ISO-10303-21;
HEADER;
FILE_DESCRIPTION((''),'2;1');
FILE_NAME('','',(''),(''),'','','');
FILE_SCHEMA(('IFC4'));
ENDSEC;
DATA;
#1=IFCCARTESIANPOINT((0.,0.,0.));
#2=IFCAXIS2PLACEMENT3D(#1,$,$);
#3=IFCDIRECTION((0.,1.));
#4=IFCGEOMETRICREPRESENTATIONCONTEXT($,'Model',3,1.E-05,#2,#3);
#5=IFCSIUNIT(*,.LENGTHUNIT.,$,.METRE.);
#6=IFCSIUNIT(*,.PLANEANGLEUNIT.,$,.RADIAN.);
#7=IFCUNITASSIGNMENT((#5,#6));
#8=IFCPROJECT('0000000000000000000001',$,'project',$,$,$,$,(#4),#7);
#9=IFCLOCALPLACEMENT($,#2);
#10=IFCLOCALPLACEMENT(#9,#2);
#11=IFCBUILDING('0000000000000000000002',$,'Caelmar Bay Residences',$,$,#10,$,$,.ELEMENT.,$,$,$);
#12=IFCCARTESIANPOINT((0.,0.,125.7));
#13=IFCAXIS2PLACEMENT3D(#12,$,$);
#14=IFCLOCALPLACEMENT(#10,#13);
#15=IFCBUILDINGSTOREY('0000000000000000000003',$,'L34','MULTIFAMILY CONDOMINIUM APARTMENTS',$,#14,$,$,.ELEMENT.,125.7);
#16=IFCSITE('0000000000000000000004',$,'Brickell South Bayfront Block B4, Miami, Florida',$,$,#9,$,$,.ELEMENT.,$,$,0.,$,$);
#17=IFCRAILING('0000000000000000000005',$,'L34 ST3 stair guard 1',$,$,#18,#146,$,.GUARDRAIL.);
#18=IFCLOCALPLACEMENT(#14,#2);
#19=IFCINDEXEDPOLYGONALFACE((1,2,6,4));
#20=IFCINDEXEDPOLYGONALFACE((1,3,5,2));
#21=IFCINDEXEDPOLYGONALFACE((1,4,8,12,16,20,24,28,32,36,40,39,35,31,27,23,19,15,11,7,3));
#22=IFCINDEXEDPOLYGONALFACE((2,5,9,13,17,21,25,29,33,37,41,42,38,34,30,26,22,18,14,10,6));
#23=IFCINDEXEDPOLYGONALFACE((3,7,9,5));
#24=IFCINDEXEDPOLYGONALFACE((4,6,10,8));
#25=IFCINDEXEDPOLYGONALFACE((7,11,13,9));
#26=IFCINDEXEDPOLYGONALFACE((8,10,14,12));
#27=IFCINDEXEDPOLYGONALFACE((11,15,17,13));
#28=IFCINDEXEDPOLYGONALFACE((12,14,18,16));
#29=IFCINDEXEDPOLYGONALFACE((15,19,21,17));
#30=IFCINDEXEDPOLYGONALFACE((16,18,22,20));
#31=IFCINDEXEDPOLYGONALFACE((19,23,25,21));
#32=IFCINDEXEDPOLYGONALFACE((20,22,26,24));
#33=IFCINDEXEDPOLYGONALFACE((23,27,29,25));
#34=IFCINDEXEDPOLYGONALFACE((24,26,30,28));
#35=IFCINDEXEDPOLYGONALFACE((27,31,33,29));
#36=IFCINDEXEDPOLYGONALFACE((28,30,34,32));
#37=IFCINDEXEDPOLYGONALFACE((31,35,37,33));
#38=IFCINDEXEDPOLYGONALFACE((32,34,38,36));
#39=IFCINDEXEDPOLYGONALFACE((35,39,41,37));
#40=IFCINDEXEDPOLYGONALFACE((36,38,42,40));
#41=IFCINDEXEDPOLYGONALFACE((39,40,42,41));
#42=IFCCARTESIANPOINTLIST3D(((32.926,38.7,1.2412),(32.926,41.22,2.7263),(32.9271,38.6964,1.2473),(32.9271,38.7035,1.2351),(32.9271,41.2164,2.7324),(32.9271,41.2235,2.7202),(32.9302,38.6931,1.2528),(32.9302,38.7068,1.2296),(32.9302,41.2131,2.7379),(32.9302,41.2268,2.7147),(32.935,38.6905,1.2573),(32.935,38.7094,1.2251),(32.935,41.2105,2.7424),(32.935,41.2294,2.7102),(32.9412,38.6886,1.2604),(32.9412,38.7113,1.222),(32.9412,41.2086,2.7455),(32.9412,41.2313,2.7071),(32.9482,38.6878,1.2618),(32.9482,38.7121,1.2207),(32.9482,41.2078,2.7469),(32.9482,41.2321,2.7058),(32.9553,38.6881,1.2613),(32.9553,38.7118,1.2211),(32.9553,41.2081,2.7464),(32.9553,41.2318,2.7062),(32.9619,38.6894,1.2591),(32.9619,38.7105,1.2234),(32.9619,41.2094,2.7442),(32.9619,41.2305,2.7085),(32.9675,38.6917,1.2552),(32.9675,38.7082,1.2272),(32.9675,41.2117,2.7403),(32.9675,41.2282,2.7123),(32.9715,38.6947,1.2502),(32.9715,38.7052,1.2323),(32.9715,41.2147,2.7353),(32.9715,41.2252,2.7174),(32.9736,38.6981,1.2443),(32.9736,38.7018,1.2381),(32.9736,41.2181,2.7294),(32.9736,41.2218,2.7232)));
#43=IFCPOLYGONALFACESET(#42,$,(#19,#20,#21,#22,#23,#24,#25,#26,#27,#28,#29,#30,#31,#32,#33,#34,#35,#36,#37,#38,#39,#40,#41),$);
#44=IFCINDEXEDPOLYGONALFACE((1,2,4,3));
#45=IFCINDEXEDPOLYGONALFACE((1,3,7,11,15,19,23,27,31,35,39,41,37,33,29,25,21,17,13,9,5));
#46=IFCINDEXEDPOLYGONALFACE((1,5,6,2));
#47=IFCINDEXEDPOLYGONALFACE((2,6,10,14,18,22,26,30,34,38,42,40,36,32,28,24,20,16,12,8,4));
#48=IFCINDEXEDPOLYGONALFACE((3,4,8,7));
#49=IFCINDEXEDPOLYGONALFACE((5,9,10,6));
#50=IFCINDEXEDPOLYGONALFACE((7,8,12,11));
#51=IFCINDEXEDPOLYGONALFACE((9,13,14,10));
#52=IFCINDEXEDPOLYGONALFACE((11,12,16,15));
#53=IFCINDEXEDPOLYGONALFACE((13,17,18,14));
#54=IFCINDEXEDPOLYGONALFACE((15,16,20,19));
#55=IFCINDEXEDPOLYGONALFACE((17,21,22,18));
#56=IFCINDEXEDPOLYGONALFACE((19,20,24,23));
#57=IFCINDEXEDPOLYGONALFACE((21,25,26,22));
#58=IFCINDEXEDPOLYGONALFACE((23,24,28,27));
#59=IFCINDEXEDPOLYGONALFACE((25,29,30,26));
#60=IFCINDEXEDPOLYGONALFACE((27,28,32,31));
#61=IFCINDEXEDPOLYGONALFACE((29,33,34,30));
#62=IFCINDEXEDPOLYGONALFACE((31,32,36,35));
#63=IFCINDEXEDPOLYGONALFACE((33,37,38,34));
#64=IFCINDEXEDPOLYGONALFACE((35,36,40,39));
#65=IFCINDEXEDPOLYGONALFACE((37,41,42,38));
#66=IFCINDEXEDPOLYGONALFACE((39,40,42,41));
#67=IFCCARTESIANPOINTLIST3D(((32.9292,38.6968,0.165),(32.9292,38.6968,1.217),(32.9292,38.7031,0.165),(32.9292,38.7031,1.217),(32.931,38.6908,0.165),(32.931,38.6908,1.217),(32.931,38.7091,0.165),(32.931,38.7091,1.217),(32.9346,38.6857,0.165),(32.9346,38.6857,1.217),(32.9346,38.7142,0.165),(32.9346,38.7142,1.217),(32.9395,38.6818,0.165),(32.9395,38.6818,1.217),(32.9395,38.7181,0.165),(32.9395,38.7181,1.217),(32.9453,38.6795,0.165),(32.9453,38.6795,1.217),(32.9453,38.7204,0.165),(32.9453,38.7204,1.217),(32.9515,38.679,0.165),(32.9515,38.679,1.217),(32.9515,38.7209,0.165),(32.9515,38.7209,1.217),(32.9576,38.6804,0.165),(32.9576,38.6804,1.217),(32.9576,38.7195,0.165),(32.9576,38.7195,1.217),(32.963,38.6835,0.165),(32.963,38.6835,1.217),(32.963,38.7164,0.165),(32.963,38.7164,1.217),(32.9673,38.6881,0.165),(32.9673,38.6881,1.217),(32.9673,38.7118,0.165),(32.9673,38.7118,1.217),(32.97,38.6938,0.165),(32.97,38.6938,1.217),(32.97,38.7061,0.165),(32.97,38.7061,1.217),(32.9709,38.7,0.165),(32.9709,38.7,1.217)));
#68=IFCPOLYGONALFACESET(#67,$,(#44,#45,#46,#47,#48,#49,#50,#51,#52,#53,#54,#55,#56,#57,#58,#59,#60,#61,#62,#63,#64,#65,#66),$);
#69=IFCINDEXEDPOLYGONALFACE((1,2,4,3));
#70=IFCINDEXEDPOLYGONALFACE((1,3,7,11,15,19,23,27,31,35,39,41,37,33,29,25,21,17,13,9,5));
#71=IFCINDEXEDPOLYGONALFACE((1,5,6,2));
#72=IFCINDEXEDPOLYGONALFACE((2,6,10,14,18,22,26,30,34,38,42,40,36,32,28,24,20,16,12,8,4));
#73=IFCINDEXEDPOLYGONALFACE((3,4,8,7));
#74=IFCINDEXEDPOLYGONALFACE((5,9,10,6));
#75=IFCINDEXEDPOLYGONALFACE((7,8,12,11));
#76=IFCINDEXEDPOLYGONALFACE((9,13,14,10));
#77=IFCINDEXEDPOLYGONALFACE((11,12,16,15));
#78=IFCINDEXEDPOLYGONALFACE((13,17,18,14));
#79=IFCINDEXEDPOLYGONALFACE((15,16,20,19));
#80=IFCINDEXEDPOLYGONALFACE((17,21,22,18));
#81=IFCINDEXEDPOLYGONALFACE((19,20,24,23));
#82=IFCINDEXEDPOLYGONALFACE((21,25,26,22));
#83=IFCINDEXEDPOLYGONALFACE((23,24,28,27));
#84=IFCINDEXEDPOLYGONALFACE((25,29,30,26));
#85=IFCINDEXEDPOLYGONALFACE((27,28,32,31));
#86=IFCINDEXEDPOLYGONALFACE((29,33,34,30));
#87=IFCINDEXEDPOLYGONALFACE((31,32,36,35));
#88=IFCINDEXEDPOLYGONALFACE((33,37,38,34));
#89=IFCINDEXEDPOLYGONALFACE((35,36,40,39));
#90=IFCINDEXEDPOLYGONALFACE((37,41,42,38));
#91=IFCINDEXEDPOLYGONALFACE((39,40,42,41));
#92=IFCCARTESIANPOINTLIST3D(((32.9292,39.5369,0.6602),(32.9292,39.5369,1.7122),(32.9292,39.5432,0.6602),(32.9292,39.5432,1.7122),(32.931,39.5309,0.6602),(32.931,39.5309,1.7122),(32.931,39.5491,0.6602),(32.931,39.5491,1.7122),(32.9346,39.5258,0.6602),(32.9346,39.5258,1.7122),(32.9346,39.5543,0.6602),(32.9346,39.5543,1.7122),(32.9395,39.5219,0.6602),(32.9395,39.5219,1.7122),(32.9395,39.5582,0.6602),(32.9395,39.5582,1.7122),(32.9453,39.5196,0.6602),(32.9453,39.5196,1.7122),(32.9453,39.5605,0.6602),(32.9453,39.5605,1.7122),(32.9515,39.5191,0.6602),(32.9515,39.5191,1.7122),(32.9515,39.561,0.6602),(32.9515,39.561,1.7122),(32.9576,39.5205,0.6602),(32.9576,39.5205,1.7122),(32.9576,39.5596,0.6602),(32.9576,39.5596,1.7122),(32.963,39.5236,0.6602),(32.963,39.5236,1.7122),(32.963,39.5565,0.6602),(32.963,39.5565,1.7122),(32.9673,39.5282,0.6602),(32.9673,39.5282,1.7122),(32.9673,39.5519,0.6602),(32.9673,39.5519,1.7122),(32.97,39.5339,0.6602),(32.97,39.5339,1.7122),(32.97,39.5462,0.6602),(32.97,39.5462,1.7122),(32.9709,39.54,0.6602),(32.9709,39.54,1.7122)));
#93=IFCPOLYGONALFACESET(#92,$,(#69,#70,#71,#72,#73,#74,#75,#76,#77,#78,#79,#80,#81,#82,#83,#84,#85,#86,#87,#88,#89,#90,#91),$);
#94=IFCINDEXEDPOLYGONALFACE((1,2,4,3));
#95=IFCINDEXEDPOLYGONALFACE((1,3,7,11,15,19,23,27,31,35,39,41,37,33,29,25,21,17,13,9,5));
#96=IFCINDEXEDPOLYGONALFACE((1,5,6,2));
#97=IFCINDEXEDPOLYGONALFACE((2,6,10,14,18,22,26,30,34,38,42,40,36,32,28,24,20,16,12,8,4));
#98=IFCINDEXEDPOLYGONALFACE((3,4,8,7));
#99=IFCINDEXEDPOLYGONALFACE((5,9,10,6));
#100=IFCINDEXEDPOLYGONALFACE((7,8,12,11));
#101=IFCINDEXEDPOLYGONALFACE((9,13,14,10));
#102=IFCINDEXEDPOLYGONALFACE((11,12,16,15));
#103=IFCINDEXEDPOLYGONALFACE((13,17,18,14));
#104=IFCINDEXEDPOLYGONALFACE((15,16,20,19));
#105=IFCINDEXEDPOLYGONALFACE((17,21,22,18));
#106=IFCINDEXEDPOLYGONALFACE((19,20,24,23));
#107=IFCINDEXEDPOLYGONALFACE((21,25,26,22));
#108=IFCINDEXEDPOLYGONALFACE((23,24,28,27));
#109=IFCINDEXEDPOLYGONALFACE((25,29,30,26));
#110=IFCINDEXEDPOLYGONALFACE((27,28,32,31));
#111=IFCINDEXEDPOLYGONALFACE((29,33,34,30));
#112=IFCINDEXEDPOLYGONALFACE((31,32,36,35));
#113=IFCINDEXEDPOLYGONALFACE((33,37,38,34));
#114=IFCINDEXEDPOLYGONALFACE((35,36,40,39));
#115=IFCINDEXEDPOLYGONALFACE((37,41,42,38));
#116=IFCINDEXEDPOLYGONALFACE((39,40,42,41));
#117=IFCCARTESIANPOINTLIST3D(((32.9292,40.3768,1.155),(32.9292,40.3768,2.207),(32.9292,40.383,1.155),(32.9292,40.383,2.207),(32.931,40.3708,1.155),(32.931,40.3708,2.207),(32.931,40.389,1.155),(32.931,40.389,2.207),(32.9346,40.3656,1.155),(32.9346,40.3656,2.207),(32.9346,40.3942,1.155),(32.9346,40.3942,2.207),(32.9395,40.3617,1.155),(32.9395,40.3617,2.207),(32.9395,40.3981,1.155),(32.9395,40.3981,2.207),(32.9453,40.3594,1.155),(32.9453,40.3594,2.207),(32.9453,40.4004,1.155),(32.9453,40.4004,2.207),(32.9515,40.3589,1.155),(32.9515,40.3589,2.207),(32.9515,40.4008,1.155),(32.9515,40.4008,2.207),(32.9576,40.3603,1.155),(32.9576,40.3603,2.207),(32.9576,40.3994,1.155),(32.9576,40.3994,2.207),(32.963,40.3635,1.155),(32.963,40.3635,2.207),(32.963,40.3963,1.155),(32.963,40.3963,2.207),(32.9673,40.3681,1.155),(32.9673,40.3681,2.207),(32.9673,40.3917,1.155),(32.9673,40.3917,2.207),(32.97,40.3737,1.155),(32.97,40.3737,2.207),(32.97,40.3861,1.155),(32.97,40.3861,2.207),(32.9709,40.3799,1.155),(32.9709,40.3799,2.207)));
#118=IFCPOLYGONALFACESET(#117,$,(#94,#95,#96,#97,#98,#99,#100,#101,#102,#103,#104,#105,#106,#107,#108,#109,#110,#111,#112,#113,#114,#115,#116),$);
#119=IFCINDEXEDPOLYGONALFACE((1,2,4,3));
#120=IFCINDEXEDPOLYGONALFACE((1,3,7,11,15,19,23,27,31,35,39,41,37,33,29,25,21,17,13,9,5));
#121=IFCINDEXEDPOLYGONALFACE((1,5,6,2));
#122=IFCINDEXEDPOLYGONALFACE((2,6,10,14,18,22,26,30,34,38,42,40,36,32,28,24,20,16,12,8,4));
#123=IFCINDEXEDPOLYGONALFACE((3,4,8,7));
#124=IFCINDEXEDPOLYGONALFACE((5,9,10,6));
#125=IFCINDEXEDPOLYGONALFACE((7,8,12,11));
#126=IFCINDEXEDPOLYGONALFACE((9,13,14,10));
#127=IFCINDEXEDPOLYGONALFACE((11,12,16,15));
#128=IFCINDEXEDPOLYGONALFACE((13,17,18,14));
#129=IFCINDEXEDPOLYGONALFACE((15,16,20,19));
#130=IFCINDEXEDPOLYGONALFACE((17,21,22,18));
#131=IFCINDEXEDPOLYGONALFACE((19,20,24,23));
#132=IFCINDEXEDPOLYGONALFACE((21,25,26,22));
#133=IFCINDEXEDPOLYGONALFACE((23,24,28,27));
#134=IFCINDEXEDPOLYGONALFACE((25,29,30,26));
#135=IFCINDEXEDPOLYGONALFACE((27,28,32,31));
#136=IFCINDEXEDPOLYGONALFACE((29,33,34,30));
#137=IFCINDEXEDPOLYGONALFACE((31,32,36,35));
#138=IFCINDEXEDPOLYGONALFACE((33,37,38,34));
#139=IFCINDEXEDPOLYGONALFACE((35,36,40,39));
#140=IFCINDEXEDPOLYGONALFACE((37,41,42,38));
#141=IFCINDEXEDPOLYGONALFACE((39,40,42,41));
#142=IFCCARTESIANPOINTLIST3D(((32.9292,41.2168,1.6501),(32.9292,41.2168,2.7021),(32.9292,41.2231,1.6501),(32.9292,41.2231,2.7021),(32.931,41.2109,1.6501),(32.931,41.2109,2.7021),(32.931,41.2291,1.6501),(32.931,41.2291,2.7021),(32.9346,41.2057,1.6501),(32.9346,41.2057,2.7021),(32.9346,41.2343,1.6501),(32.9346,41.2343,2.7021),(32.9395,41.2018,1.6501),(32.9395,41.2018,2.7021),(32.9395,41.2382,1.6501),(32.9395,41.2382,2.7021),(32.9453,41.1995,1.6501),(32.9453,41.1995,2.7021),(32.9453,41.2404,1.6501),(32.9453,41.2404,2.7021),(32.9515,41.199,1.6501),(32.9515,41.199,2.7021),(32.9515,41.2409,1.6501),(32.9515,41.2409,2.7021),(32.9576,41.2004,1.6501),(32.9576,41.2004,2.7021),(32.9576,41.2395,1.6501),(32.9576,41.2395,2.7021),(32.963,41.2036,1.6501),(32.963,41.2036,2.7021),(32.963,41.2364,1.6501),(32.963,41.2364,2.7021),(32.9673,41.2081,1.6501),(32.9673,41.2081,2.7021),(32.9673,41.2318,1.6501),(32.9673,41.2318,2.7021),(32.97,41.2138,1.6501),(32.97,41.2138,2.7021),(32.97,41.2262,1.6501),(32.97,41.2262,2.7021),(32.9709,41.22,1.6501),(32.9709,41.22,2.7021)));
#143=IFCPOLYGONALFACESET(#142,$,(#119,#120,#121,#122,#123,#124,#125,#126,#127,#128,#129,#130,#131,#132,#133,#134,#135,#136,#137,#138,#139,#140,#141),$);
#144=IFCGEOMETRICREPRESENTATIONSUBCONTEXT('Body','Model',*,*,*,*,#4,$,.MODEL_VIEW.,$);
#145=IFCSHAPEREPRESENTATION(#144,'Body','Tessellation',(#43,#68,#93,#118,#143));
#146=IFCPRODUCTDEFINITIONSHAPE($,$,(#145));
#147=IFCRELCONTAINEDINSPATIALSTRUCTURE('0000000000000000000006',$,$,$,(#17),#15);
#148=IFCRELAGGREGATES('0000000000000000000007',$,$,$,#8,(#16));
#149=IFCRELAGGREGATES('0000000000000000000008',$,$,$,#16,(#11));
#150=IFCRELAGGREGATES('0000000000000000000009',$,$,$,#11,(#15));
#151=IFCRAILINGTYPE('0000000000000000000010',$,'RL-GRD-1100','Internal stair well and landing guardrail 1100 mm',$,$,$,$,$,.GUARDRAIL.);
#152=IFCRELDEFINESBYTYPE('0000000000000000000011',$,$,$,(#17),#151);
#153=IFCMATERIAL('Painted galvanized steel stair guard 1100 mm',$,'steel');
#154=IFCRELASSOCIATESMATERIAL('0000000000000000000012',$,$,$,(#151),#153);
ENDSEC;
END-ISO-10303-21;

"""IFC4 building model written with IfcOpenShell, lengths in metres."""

from ifc_helpers import new_model, si_unit, direction, frame, origin, origin_2d, place, context, subcontext, project, spatial, circle, extrude, material, type_object, element, save


model = new_model("IFC4")

# Units and contexts
model_context = context("Model", 3, precision=1e-05, world=origin(), true_north=direction((0.0, 1.0)))
body_context = subcontext(model_context, "Body", "Model", "MODEL_VIEW")
ifc_project = project(units=[si_unit("LENGTHUNIT", "METRE"), si_unit("PLANEANGLEUNIT", "RADIAN")], contexts=[model_context])

# Site, building, storey
site_placement = place(None, origin())
site = spatial("IfcSite", under=ifc_project, at=site_placement, Name="Brickell South Bayfront Block B4, Miami, Florida", CompositionType="ELEMENT", RefElevation=0.0)
building_placement = place(site_placement, origin())
building = spatial("IfcBuilding", under=site, at=building_placement, Name="Caelmar Bay Residences", CompositionType="ELEMENT")
storey_placement = place(building_placement, frame((0.0, 0.0, 125.7)))
storey = spatial("IfcBuildingStorey", under=building, at=storey_placement, Name="L34", Description="MULTIFAMILY CONDOMINIUM APARTMENTS", CompositionType="ELEMENT", Elevation=125.7)

# Railing
ifc_material_1 = material(Name="Painted galvanized steel stair guard 1100 mm", Category="steel")
railing_type_1 = type_object("IfcRailingType", Name="RL-GRD-1100", Description="Internal stair well and landing guardrail 1100 mm", PredefinedType="GUARDRAIL", material=ifc_material_1)
railing_1_placement = place(storey_placement, frame((32.95, 38.7, 0.165)))
element("IfcRailing", 1, at=railing_1_placement, inside=storey, type_object=railing_type_1, Name="L34 ST3 stair guard 1", PredefinedType="GUARDRAIL", context=body_context, shape_type="SweptSolid", body=[
    extrude(circle(Radius=0.0239, at=origin_2d()), frame((0.0, 0.0, 1.0762), z_axis=(0.0, 0.861524, 0.507717), x_axis=(-1.0, 0.0, 0.0)), (0.0, 0.0, 1.0), 2.925),
    extrude(circle(Radius=0.021, at=origin_2d()), origin(), (0.0, 0.0, 1.0), 1.052),
    extrude(circle(Radius=0.021, at=origin_2d()), frame((0.0, 0.8401, 0.4951)), (0.0, 0.0, 1.0), 1.052),
    extrude(circle(Radius=0.021, at=origin_2d()), frame((0.0, 1.6799, 0.99)), (0.0, 0.0, 1.0), 1.052),
    extrude(circle(Radius=0.021, at=origin_2d()), frame((0.0, 2.52, 1.4851)), (0.0, 0.0, 1.0), 1.052),
])

save(model, "model.ifc")
